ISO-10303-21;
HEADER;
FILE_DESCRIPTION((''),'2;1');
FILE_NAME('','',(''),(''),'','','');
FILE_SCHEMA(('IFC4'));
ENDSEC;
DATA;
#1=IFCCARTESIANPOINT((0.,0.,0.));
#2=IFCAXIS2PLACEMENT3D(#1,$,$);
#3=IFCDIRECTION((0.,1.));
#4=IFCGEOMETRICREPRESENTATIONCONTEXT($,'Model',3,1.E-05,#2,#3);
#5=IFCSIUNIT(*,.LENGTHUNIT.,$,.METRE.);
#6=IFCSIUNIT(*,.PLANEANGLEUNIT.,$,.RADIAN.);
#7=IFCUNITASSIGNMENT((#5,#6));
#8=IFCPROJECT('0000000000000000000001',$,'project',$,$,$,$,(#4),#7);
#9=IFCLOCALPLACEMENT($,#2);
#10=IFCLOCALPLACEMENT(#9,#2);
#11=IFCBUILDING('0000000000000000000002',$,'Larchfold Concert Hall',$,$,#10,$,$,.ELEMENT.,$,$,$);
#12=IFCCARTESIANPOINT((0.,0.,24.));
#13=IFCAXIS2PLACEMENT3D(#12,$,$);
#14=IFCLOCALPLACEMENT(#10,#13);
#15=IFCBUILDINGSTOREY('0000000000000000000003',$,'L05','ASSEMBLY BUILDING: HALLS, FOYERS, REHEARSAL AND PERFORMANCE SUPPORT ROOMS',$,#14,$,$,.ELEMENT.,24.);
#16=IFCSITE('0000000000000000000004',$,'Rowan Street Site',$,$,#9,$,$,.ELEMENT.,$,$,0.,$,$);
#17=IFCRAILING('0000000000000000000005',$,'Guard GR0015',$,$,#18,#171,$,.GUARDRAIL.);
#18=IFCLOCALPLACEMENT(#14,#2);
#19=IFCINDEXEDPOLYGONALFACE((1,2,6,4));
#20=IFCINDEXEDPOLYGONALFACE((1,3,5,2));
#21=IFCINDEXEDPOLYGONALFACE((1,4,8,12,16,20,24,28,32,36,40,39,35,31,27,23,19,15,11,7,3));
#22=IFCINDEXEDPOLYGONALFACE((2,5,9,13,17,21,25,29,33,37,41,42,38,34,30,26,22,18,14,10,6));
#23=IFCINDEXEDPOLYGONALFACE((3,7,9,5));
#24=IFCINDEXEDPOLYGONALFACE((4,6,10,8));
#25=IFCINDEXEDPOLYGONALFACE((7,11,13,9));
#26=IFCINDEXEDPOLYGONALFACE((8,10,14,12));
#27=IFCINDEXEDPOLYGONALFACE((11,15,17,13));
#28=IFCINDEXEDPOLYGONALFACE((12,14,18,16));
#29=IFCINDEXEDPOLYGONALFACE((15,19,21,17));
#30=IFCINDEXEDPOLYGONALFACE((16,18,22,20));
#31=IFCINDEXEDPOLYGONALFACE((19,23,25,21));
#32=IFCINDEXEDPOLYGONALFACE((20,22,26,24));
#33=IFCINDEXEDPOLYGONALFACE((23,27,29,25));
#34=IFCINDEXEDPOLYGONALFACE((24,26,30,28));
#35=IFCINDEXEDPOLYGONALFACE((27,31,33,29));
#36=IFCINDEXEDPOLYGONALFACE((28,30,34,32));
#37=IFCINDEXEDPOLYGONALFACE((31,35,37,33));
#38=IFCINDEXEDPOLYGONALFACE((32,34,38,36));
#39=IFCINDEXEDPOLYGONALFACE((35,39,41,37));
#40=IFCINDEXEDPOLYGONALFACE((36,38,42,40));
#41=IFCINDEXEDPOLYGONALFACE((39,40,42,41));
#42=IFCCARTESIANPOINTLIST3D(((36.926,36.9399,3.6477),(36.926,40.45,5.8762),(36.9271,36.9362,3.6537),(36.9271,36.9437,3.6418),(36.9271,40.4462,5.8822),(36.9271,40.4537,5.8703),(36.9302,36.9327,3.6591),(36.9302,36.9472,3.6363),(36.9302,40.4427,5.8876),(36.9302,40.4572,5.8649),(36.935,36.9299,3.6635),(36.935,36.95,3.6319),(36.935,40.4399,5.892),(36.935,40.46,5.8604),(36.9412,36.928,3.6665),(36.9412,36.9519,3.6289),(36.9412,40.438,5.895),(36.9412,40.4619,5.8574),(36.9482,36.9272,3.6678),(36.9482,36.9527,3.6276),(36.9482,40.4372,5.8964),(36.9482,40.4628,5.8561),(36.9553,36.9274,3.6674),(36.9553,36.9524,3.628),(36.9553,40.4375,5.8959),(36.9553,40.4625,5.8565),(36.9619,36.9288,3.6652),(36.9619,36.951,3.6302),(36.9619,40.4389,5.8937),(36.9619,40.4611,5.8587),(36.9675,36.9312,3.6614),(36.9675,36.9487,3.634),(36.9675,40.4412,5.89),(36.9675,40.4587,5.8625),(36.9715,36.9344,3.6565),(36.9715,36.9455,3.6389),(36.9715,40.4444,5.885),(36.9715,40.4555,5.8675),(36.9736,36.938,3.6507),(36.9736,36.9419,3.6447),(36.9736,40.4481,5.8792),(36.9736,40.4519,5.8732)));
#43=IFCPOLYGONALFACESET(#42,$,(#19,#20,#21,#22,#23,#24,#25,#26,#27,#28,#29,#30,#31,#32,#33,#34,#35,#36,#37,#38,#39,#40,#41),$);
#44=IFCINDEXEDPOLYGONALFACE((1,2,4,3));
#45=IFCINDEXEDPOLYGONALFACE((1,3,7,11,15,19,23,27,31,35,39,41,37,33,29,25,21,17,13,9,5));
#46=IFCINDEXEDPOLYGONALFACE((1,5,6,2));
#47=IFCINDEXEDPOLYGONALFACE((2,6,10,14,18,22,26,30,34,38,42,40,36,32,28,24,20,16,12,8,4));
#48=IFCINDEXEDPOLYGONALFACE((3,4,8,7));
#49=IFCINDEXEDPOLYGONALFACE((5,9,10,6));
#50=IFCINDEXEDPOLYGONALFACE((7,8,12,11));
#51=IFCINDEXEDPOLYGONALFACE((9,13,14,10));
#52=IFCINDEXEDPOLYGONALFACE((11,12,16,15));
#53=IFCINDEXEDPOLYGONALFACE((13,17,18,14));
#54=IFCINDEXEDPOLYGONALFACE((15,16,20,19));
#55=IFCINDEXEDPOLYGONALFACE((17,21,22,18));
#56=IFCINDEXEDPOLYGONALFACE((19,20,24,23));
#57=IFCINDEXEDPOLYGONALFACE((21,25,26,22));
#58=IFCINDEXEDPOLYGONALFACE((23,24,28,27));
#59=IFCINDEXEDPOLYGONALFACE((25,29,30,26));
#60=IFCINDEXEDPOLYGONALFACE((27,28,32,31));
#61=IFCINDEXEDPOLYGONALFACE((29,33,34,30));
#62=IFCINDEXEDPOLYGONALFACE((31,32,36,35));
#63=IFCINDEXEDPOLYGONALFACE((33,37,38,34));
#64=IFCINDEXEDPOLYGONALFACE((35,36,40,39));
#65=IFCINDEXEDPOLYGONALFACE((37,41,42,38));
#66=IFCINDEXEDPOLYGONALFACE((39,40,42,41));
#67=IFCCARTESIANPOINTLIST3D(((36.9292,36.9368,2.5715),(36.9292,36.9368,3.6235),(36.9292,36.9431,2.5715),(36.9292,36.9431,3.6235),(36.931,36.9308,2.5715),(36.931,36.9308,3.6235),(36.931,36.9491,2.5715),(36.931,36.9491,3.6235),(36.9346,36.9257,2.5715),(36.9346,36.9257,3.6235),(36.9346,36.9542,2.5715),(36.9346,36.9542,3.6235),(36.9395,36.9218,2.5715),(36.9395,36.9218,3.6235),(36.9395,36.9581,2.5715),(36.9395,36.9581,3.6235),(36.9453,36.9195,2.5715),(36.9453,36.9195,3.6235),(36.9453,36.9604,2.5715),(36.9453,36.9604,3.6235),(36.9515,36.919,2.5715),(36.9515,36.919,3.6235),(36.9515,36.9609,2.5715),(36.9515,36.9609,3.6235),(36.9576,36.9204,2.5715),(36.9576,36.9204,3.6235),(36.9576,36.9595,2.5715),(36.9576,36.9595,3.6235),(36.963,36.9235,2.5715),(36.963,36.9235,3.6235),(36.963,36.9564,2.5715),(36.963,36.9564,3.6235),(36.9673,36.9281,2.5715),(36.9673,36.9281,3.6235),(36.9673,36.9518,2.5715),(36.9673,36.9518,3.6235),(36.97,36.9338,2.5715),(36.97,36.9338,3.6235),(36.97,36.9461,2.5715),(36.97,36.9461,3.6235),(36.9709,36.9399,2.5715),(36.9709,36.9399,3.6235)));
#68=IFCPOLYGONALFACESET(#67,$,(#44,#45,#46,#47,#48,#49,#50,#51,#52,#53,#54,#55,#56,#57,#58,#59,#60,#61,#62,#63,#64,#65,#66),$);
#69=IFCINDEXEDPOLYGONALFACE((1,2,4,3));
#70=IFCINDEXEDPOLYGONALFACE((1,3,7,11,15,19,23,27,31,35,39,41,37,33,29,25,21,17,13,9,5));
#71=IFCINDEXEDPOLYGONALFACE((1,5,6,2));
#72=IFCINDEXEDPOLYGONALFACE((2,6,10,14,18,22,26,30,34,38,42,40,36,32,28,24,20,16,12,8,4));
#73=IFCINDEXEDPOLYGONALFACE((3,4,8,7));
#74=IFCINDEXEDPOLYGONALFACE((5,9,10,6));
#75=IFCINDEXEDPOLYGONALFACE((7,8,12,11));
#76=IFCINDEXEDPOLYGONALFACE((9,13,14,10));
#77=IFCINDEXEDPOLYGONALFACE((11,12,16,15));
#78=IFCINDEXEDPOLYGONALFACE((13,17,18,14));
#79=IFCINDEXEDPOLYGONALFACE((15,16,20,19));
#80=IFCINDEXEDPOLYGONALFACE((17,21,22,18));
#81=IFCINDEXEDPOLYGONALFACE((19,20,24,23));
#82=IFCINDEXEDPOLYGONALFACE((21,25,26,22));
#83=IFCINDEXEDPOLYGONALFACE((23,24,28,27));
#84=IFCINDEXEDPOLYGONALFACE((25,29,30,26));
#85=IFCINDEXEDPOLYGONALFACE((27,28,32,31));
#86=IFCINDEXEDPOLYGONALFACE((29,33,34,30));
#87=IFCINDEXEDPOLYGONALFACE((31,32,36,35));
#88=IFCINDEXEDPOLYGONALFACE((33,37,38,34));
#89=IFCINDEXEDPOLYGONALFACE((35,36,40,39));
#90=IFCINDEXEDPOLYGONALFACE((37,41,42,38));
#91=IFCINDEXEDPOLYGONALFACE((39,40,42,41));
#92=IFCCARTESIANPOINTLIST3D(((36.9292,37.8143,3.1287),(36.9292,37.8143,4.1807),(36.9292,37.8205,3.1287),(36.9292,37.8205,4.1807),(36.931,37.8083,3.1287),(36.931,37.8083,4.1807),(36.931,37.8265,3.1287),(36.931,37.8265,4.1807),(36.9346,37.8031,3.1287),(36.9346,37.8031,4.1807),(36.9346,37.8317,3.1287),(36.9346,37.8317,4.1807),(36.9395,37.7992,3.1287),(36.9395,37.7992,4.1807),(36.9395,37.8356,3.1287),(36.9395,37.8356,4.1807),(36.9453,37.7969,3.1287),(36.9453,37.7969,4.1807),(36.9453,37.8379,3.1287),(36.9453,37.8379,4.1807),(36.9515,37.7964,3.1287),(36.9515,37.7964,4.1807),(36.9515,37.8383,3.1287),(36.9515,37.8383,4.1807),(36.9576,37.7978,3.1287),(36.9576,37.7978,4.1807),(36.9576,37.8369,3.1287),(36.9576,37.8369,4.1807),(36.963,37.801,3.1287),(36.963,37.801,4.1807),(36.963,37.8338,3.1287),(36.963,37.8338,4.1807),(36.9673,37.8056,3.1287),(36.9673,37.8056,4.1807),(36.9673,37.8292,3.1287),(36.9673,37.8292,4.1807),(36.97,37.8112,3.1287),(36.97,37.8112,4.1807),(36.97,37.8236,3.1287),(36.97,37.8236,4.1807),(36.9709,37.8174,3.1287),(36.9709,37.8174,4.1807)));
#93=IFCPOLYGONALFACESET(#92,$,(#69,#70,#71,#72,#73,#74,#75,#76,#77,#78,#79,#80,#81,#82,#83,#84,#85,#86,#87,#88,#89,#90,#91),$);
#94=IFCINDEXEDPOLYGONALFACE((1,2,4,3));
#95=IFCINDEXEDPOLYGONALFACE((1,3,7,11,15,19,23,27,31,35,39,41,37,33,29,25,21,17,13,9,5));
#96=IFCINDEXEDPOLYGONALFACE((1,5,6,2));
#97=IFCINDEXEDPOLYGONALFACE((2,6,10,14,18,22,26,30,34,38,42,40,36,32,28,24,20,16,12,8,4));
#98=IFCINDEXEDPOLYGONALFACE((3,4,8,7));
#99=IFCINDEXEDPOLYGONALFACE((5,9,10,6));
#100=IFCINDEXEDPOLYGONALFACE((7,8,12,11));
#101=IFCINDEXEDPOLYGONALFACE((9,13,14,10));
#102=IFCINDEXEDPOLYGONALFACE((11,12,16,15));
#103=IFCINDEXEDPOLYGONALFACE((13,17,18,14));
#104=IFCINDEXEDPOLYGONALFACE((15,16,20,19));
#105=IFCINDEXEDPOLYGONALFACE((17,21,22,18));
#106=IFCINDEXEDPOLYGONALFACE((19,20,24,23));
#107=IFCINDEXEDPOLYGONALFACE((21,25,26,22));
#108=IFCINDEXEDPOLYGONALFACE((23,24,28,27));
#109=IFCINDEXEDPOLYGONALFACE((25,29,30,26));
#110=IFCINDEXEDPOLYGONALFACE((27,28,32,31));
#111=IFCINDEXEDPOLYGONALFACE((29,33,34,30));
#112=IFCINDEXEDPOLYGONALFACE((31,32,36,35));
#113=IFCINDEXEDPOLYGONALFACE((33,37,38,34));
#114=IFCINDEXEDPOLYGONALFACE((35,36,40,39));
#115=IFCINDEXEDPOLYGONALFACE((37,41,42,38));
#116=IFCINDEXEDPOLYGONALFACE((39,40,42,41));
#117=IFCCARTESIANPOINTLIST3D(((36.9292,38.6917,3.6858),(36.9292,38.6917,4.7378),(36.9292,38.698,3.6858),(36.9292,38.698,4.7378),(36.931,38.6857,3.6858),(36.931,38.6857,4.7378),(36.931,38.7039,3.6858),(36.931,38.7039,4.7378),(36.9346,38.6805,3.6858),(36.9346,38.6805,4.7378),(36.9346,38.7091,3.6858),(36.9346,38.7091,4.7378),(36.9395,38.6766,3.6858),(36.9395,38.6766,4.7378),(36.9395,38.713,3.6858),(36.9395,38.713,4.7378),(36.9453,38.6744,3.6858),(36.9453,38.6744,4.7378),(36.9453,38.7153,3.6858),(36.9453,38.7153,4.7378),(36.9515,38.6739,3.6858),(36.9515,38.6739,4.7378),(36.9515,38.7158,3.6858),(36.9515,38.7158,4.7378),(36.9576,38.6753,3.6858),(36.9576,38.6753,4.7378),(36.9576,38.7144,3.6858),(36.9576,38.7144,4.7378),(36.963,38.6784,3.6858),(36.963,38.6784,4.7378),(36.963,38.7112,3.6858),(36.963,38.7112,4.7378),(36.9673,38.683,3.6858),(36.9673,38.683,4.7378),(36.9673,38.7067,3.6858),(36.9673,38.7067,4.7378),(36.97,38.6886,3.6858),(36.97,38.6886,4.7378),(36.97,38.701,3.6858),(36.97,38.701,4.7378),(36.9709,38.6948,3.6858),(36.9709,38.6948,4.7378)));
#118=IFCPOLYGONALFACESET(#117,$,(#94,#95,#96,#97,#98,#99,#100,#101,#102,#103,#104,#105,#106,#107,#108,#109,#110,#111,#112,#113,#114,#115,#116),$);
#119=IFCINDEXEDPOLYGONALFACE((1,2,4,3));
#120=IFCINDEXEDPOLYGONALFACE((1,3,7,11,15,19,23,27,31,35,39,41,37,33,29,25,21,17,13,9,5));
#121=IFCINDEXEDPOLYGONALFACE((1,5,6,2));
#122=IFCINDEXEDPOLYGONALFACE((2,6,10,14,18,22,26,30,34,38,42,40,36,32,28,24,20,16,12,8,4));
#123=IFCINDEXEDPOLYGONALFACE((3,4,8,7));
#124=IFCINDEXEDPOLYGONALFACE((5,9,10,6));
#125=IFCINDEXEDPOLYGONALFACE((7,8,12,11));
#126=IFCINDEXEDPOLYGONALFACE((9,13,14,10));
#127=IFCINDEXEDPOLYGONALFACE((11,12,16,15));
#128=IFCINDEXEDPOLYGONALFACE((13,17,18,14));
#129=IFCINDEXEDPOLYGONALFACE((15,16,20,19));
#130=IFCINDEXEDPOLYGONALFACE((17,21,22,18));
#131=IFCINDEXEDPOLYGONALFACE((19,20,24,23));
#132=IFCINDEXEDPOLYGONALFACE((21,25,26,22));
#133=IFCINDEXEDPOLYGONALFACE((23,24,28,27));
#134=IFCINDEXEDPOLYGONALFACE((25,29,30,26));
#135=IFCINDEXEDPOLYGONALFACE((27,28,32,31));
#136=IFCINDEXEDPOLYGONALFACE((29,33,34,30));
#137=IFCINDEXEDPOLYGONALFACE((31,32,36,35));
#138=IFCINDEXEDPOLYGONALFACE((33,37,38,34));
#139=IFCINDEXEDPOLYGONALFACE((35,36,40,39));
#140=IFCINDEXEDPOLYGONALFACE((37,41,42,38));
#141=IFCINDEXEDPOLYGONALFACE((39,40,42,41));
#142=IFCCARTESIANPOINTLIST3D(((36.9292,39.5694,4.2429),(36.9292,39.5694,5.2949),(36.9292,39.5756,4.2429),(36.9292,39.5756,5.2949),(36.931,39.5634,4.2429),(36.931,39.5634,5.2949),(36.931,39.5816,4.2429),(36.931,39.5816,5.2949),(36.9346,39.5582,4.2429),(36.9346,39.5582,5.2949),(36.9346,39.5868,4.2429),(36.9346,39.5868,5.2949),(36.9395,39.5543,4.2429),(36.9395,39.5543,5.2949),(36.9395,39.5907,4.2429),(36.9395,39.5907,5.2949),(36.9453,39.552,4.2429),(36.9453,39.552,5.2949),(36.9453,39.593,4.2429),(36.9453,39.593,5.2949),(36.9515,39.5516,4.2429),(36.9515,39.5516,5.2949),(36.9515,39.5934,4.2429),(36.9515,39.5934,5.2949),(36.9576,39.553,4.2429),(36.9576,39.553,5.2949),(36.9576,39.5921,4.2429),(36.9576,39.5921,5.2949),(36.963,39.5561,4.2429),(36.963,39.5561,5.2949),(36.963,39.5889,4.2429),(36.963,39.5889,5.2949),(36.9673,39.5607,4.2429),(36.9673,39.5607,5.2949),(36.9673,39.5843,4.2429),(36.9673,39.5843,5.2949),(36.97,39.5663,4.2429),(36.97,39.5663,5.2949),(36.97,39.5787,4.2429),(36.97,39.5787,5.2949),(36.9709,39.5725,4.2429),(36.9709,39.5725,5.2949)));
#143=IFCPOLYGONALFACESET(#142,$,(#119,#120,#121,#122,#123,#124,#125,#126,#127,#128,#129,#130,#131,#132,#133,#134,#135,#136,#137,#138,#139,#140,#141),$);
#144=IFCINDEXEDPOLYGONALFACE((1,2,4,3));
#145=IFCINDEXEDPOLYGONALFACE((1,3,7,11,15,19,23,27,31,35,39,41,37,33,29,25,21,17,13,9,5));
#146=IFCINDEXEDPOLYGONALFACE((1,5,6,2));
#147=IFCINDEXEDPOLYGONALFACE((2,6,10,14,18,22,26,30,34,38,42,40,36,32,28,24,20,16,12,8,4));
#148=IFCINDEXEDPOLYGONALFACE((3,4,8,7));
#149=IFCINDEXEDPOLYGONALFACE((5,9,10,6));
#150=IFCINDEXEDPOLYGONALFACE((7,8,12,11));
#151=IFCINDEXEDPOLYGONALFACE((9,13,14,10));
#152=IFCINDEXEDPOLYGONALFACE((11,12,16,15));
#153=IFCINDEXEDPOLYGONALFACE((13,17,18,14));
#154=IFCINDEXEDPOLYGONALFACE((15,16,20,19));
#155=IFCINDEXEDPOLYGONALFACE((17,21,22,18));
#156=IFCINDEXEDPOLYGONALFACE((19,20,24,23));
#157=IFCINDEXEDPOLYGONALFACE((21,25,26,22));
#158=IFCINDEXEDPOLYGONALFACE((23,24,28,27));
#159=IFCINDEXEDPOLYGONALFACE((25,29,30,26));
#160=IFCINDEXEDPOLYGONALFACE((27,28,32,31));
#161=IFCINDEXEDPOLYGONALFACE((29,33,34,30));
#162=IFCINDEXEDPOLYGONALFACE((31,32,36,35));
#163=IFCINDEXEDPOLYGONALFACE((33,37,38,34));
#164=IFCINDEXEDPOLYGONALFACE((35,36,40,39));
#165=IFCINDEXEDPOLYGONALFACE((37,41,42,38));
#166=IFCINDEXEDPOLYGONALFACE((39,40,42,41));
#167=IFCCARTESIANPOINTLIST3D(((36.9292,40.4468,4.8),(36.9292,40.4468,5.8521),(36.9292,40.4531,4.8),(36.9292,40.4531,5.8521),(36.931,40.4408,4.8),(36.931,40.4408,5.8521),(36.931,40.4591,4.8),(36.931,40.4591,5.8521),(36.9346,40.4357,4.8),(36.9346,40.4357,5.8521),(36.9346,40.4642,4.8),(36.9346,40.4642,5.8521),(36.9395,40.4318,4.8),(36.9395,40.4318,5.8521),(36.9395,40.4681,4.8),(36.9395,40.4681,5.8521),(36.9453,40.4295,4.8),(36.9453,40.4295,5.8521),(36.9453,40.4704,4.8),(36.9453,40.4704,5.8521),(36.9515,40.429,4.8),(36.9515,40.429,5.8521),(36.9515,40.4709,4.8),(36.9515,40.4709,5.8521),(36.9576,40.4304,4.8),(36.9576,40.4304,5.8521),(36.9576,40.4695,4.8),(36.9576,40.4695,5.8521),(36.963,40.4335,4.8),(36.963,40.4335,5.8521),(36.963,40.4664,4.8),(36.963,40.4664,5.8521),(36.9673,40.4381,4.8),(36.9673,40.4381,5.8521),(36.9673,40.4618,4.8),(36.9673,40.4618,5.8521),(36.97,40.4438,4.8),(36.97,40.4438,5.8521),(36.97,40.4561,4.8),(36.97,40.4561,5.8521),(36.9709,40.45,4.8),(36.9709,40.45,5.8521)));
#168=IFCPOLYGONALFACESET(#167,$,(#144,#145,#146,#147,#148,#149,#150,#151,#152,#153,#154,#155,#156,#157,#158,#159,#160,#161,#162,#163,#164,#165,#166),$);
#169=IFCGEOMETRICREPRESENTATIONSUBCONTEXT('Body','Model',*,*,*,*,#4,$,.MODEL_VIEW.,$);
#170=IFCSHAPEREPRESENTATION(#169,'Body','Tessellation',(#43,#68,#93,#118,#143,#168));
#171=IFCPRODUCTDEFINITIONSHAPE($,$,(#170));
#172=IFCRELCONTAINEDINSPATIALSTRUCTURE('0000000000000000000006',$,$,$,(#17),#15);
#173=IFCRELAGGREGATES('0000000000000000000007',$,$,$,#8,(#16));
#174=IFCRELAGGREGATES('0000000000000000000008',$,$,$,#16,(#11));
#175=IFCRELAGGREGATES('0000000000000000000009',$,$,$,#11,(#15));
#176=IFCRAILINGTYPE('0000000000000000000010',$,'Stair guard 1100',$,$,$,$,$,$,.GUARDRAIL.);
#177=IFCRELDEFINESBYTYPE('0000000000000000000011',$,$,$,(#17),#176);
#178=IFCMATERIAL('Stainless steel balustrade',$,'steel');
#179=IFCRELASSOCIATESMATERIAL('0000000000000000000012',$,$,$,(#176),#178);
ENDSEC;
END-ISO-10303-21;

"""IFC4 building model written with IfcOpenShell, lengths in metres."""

from ifc_helpers import new_model, si_unit, direction, frame, origin, origin_2d, place, context, subcontext, project, spatial, circle, extrude, material, type_object, element, save


model = new_model("IFC4")

# Units and contexts
model_context = context("Model", 3, precision=1e-05, world=origin(), true_north=direction((0.0, 1.0)))
body_context = subcontext(model_context, "Body", "Model", "MODEL_VIEW")
ifc_project = project(units=[si_unit("LENGTHUNIT", "METRE"), si_unit("PLANEANGLEUNIT", "RADIAN")], contexts=[model_context])

# Site, building, storey
site_placement = place(None, origin())
site = spatial("IfcSite", under=ifc_project, at=site_placement, Name="Rowan Street Site", CompositionType="ELEMENT", RefElevation=0.0)
building_placement = place(site_placement, origin())
building = spatial("IfcBuilding", under=site, at=building_placement, Name="Larchfold Concert Hall", CompositionType="ELEMENT")
storey_placement = place(building_placement, frame((0.0, 0.0, 24.0)))
storey = spatial("IfcBuildingStorey", under=building, at=storey_placement, Name="L05", Description="ASSEMBLY BUILDING: HALLS, FOYERS, REHEARSAL AND PERFORMANCE SUPPORT ROOMS", CompositionType="ELEMENT", Elevation=24.0)

# Railing
ifc_material_1 = material(Name="Stainless steel balustrade", Category="steel")
railing_type_1 = type_object("IfcRailingType", Name="Stair guard 1100", PredefinedType="GUARDRAIL", material=ifc_material_1)
railing_1_placement = place(storey_placement, frame((36.95, 36.9399, 2.5715)))
element("IfcRailing", 1, at=railing_1_placement, inside=storey, type_object=railing_type_1, Name="Guard GR0015", PredefinedType="GUARDRAIL", context=body_context, shape_type="SweptSolid", body=[
    extrude(circle(Radius=0.0239, at=origin_2d()), frame((0.0, 0.0, 1.0762), z_axis=(0.0, 0.84422, 0.535998), x_axis=(-1.0, 0.0, 0.0)), (0.0, 0.0, 1.0), 4.1577),
    extrude(circle(Radius=0.021, at=origin_2d()), origin(), (0.0, 0.0, 1.0), 1.052),
    extrude(circle(Radius=0.021, at=origin_2d()), frame((0.0, 0.8774, 0.5571)), (0.0, 0.0, 1.0), 1.052),
    extrude(circle(Radius=0.021, at=origin_2d()), frame((0.0, 1.7549, 1.1143)), (0.0, 0.0, 1.0), 1.052),
    extrude(circle(Radius=0.021, at=origin_2d()), frame((0.0, 2.6326, 1.6714)), (0.0, 0.0, 1.0), 1.052),
    extrude(circle(Radius=0.021, at=origin_2d()), frame((0.0, 3.51, 2.2285)), (0.0, 0.0, 1.0), 1.052),
])

save(model, "model.ifc")
